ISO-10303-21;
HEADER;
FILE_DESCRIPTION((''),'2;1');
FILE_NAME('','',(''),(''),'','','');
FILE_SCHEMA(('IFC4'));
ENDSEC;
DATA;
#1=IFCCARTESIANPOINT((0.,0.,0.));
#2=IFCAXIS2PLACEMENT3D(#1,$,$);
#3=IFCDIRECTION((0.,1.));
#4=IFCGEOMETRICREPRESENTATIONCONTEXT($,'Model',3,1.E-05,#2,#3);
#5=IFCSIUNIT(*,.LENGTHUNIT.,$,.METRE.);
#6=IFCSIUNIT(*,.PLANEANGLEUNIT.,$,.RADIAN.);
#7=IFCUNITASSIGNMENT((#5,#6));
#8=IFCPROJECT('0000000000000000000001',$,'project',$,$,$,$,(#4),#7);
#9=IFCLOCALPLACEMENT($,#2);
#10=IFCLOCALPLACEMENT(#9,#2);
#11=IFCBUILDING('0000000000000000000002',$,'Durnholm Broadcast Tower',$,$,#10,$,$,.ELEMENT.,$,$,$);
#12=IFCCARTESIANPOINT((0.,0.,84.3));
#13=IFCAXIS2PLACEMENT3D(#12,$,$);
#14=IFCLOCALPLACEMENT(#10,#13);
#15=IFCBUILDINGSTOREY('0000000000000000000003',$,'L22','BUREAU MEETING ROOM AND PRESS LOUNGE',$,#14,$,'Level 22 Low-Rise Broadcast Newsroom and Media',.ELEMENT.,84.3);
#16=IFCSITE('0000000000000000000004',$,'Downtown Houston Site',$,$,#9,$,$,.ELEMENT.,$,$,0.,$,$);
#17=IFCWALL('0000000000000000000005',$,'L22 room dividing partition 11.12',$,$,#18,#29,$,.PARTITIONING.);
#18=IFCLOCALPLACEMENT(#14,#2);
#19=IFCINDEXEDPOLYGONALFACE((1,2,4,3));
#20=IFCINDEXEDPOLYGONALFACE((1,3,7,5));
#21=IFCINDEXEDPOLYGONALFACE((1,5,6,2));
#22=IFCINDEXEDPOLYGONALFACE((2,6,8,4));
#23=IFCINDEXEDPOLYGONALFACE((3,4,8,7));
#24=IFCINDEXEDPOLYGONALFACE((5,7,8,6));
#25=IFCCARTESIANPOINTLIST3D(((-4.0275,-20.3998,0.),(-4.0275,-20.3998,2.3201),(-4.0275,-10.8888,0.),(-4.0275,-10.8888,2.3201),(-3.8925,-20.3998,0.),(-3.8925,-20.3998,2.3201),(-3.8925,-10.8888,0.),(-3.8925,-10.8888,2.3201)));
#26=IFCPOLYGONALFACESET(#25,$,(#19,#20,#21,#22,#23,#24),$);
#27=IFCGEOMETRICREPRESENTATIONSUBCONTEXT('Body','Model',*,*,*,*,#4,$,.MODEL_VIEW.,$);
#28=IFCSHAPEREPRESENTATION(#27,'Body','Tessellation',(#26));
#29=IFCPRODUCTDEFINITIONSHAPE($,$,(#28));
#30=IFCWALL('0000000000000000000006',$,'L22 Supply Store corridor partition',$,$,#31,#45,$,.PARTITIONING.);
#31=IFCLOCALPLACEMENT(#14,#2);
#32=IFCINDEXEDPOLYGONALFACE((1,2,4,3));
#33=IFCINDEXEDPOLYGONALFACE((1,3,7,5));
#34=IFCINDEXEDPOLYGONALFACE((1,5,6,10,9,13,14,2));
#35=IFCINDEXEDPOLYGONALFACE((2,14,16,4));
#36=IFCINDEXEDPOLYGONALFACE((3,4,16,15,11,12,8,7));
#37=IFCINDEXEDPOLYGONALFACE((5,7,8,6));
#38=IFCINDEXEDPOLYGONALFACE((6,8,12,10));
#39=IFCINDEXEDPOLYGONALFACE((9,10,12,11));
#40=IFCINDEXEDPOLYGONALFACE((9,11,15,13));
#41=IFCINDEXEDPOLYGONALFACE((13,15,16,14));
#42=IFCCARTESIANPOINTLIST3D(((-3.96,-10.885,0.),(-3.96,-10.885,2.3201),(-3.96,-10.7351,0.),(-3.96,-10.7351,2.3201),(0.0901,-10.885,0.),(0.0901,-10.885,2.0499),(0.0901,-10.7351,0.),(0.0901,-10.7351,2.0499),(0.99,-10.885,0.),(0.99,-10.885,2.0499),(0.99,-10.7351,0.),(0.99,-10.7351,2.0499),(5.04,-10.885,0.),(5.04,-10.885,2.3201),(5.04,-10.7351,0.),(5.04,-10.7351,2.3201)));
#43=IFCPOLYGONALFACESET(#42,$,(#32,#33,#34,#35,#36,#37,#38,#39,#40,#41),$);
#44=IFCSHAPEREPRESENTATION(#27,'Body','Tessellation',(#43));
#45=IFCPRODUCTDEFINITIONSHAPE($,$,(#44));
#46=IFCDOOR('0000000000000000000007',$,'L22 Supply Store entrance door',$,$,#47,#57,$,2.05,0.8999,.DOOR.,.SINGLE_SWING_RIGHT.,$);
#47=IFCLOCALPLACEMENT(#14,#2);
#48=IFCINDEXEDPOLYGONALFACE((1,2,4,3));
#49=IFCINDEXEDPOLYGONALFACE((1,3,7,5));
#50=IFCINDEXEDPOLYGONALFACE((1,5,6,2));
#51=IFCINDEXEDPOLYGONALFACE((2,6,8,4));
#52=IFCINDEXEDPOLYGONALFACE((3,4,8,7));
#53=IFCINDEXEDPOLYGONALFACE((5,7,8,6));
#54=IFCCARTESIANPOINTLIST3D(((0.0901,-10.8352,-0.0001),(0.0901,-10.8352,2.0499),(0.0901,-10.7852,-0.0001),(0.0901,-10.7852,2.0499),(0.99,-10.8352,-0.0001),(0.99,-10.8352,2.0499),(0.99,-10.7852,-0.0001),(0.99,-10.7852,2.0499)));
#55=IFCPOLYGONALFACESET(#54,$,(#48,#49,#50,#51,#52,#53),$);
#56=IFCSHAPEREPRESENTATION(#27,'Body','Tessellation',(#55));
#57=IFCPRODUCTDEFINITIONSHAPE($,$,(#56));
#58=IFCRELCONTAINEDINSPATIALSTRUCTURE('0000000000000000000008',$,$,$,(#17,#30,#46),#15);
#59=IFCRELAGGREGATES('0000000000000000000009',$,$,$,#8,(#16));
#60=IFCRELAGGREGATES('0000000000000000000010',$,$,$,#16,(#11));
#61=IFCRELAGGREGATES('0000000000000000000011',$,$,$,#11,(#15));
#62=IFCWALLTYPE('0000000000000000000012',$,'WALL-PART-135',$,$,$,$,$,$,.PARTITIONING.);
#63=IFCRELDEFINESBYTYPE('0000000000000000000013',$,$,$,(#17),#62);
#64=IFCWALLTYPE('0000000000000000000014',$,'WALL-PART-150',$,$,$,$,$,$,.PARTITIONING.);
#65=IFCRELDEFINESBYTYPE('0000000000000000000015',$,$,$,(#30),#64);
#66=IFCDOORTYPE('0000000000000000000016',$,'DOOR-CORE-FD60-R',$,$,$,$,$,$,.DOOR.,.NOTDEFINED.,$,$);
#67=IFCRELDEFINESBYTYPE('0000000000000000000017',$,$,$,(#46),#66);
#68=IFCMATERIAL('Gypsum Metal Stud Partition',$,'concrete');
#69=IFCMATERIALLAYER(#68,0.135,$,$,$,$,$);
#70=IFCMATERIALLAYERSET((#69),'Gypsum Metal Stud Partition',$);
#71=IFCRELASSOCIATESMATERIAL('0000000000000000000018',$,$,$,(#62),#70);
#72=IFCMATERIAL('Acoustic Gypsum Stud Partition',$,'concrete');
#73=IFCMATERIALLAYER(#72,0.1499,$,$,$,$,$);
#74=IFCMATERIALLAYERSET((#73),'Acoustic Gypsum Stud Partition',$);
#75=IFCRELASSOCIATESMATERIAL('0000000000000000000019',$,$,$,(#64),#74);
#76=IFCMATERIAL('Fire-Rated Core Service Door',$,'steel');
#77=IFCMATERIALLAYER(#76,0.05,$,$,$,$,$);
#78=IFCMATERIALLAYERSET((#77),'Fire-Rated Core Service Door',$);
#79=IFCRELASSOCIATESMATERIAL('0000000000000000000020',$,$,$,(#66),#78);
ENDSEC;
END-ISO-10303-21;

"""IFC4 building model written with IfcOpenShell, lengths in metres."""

from ifc_helpers import new_model, si_unit, direction, frame, frame_2d, origin, place, context, subcontext, project, spatial, rectangle, extrude, source, transform, mapped, material, layer, layer_set, type_object, type_shapes, element, fill, save


model = new_model("IFC4")

# Units and contexts
model_context = context("Model", 3, precision=1e-05, world=origin(), true_north=direction((0.0, 1.0)))
body_context = subcontext(model_context, "Body", "Model", "MODEL_VIEW")
ifc_project = project(units=[si_unit("LENGTHUNIT", "METRE"), si_unit("PLANEANGLEUNIT", "RADIAN")], contexts=[model_context])

# Site, building, storey
site_placement = place(None, origin())
site = spatial("IfcSite", under=ifc_project, at=site_placement, Name="Downtown Houston Site", CompositionType="ELEMENT", RefElevation=0.0)
building_placement = place(site_placement, origin())
building = spatial("IfcBuilding", under=site, at=building_placement, Name="Durnholm Broadcast Tower", CompositionType="ELEMENT")
storey_placement = place(building_placement, frame((0.0, 0.0, 84.3)))
storey = spatial("IfcBuildingStorey", under=building, at=storey_placement, Name="L22", Description="BUREAU MEETING ROOM AND PRESS LOUNGE", LongName="Level 22 Low-Rise Broadcast Newsroom and Media", CompositionType="ELEMENT", Elevation=84.3)

# Wall
ifc_material_1 = material(Name="Gypsum Metal Stud Partition", Category="concrete")
ifc_layer_1 = layer(ifc_material_1, 0.135)
ifc_layer_set_1 = layer_set([ifc_layer_1], Name="Gypsum Metal Stud Partition")
wall_type_1 = type_object("IfcWallType", Name="WALL-PART-135", PredefinedType="PARTITIONING", material=ifc_layer_set_1)
wall_1_placement = place(storey_placement, frame((-3.96, -10.8889, 0.0), z_axis=(0.0, 0.0, 1.0), x_axis=(0.0, -1.0, 0.0)))
element("IfcWall", 1, at=wall_1_placement, inside=storey, type_object=wall_type_1, Name="L22 room dividing partition 11.12", PredefinedType="PARTITIONING", context=body_context, shape_type="SweptSolid", body=[
    extrude(rectangle(XDim=9.511, YDim=0.135, at=frame_2d((4.7554, 0.0))), origin(), (0.0, 0.0, 1.0), 2.3201),
])

# Wall, opening, door
ifc_material_2 = material(Name="Acoustic Gypsum Stud Partition", Category="concrete")
ifc_layer_2 = layer(ifc_material_2, 0.1499)
ifc_layer_set_2 = layer_set([ifc_layer_2], Name="Acoustic Gypsum Stud Partition")
wall_type_2 = type_object("IfcWallType", Name="WALL-PART-150", PredefinedType="PARTITIONING", material=ifc_layer_set_2)
wall_2_placement = place(storey_placement, frame((-3.96, -10.8101, 0.0), z_axis=(0.0, 0.0, 1.0), x_axis=(1.0, 0.0, 0.0)))
wall_2 = element("IfcWall", 2, at=wall_2_placement, inside=storey, type_object=wall_type_2, Name="L22 Supply Store corridor partition", PredefinedType="PARTITIONING", context=body_context, shape_type="SweptSolid", body=[
    extrude(rectangle(XDim=9.0, YDim=0.1499, at=frame_2d((4.5, 0.0))), origin(), (0.0, 0.0, 1.0), 2.3201),
])
opening_placement = place(wall_2_placement, frame((4.05, 0.0, 0.0)))
opening = element("IfcOpeningElement", 3, at=opening_placement, cuts=wall_2, PredefinedType="OPENING", context=body_context, shape_type="SweptSolid", body=[
    extrude(rectangle(XDim=0.8999, YDim=2.05, at=frame_2d((0.45, 1.0249))), frame((0.0, 0.085, 0.0), z_axis=(0.0, -1.0, 0.0), x_axis=(1.0, 0.0, 0.0)), (0.0, 0.0, 1.0), 0.1699),
])
ifc_material_3 = material(Name="Fire-Rated Core Service Door", Category="steel")
ifc_layer_3 = layer(ifc_material_3, 0.05)
ifc_layer_set_3 = layer_set([ifc_layer_3], Name="Fire-Rated Core Service Door")
door_type = type_object("IfcDoorType", Name="DOOR-CORE-FD60-R", OperationType="NOTDEFINED", PredefinedType="DOOR", material=ifc_layer_set_3)
shared_shape_1 = source(origin(), body_context, "Body", "SweptSolid", [
    extrude(rectangle(XDim=0.8999, YDim=2.05, at=frame_2d((0.45, 1.0249))), frame((0.0, 0.0249, 0.0), z_axis=(0.0, -1.0, 0.0), x_axis=(1.0, 0.0, 0.0)), (0.0, 0.0, 1.0), 0.05),
])
type_shapes(door_type, [shared_shape_1])
door_placement = place(opening_placement, origin())
door = element("IfcDoor", 4, at=door_placement, inside=storey, type_object=door_type, Name="L22 Supply Store entrance door", OperationType="SINGLE_SWING_RIGHT", OverallHeight=2.05, OverallWidth=0.8999, PredefinedType="DOOR", context=body_context, shape_type="MappedRepresentation", body=[
    mapped(shared_shape_1, transform((0.0, 0.0, 0.0), x_axis=(1.0, 0.0, 0.0), y_axis=(0.0, 1.0, 0.0), z_axis=(0.0, 0.0, 1.0), scale=1.0)),
])
fill(opening, door)

save(model, "model.ifc")
